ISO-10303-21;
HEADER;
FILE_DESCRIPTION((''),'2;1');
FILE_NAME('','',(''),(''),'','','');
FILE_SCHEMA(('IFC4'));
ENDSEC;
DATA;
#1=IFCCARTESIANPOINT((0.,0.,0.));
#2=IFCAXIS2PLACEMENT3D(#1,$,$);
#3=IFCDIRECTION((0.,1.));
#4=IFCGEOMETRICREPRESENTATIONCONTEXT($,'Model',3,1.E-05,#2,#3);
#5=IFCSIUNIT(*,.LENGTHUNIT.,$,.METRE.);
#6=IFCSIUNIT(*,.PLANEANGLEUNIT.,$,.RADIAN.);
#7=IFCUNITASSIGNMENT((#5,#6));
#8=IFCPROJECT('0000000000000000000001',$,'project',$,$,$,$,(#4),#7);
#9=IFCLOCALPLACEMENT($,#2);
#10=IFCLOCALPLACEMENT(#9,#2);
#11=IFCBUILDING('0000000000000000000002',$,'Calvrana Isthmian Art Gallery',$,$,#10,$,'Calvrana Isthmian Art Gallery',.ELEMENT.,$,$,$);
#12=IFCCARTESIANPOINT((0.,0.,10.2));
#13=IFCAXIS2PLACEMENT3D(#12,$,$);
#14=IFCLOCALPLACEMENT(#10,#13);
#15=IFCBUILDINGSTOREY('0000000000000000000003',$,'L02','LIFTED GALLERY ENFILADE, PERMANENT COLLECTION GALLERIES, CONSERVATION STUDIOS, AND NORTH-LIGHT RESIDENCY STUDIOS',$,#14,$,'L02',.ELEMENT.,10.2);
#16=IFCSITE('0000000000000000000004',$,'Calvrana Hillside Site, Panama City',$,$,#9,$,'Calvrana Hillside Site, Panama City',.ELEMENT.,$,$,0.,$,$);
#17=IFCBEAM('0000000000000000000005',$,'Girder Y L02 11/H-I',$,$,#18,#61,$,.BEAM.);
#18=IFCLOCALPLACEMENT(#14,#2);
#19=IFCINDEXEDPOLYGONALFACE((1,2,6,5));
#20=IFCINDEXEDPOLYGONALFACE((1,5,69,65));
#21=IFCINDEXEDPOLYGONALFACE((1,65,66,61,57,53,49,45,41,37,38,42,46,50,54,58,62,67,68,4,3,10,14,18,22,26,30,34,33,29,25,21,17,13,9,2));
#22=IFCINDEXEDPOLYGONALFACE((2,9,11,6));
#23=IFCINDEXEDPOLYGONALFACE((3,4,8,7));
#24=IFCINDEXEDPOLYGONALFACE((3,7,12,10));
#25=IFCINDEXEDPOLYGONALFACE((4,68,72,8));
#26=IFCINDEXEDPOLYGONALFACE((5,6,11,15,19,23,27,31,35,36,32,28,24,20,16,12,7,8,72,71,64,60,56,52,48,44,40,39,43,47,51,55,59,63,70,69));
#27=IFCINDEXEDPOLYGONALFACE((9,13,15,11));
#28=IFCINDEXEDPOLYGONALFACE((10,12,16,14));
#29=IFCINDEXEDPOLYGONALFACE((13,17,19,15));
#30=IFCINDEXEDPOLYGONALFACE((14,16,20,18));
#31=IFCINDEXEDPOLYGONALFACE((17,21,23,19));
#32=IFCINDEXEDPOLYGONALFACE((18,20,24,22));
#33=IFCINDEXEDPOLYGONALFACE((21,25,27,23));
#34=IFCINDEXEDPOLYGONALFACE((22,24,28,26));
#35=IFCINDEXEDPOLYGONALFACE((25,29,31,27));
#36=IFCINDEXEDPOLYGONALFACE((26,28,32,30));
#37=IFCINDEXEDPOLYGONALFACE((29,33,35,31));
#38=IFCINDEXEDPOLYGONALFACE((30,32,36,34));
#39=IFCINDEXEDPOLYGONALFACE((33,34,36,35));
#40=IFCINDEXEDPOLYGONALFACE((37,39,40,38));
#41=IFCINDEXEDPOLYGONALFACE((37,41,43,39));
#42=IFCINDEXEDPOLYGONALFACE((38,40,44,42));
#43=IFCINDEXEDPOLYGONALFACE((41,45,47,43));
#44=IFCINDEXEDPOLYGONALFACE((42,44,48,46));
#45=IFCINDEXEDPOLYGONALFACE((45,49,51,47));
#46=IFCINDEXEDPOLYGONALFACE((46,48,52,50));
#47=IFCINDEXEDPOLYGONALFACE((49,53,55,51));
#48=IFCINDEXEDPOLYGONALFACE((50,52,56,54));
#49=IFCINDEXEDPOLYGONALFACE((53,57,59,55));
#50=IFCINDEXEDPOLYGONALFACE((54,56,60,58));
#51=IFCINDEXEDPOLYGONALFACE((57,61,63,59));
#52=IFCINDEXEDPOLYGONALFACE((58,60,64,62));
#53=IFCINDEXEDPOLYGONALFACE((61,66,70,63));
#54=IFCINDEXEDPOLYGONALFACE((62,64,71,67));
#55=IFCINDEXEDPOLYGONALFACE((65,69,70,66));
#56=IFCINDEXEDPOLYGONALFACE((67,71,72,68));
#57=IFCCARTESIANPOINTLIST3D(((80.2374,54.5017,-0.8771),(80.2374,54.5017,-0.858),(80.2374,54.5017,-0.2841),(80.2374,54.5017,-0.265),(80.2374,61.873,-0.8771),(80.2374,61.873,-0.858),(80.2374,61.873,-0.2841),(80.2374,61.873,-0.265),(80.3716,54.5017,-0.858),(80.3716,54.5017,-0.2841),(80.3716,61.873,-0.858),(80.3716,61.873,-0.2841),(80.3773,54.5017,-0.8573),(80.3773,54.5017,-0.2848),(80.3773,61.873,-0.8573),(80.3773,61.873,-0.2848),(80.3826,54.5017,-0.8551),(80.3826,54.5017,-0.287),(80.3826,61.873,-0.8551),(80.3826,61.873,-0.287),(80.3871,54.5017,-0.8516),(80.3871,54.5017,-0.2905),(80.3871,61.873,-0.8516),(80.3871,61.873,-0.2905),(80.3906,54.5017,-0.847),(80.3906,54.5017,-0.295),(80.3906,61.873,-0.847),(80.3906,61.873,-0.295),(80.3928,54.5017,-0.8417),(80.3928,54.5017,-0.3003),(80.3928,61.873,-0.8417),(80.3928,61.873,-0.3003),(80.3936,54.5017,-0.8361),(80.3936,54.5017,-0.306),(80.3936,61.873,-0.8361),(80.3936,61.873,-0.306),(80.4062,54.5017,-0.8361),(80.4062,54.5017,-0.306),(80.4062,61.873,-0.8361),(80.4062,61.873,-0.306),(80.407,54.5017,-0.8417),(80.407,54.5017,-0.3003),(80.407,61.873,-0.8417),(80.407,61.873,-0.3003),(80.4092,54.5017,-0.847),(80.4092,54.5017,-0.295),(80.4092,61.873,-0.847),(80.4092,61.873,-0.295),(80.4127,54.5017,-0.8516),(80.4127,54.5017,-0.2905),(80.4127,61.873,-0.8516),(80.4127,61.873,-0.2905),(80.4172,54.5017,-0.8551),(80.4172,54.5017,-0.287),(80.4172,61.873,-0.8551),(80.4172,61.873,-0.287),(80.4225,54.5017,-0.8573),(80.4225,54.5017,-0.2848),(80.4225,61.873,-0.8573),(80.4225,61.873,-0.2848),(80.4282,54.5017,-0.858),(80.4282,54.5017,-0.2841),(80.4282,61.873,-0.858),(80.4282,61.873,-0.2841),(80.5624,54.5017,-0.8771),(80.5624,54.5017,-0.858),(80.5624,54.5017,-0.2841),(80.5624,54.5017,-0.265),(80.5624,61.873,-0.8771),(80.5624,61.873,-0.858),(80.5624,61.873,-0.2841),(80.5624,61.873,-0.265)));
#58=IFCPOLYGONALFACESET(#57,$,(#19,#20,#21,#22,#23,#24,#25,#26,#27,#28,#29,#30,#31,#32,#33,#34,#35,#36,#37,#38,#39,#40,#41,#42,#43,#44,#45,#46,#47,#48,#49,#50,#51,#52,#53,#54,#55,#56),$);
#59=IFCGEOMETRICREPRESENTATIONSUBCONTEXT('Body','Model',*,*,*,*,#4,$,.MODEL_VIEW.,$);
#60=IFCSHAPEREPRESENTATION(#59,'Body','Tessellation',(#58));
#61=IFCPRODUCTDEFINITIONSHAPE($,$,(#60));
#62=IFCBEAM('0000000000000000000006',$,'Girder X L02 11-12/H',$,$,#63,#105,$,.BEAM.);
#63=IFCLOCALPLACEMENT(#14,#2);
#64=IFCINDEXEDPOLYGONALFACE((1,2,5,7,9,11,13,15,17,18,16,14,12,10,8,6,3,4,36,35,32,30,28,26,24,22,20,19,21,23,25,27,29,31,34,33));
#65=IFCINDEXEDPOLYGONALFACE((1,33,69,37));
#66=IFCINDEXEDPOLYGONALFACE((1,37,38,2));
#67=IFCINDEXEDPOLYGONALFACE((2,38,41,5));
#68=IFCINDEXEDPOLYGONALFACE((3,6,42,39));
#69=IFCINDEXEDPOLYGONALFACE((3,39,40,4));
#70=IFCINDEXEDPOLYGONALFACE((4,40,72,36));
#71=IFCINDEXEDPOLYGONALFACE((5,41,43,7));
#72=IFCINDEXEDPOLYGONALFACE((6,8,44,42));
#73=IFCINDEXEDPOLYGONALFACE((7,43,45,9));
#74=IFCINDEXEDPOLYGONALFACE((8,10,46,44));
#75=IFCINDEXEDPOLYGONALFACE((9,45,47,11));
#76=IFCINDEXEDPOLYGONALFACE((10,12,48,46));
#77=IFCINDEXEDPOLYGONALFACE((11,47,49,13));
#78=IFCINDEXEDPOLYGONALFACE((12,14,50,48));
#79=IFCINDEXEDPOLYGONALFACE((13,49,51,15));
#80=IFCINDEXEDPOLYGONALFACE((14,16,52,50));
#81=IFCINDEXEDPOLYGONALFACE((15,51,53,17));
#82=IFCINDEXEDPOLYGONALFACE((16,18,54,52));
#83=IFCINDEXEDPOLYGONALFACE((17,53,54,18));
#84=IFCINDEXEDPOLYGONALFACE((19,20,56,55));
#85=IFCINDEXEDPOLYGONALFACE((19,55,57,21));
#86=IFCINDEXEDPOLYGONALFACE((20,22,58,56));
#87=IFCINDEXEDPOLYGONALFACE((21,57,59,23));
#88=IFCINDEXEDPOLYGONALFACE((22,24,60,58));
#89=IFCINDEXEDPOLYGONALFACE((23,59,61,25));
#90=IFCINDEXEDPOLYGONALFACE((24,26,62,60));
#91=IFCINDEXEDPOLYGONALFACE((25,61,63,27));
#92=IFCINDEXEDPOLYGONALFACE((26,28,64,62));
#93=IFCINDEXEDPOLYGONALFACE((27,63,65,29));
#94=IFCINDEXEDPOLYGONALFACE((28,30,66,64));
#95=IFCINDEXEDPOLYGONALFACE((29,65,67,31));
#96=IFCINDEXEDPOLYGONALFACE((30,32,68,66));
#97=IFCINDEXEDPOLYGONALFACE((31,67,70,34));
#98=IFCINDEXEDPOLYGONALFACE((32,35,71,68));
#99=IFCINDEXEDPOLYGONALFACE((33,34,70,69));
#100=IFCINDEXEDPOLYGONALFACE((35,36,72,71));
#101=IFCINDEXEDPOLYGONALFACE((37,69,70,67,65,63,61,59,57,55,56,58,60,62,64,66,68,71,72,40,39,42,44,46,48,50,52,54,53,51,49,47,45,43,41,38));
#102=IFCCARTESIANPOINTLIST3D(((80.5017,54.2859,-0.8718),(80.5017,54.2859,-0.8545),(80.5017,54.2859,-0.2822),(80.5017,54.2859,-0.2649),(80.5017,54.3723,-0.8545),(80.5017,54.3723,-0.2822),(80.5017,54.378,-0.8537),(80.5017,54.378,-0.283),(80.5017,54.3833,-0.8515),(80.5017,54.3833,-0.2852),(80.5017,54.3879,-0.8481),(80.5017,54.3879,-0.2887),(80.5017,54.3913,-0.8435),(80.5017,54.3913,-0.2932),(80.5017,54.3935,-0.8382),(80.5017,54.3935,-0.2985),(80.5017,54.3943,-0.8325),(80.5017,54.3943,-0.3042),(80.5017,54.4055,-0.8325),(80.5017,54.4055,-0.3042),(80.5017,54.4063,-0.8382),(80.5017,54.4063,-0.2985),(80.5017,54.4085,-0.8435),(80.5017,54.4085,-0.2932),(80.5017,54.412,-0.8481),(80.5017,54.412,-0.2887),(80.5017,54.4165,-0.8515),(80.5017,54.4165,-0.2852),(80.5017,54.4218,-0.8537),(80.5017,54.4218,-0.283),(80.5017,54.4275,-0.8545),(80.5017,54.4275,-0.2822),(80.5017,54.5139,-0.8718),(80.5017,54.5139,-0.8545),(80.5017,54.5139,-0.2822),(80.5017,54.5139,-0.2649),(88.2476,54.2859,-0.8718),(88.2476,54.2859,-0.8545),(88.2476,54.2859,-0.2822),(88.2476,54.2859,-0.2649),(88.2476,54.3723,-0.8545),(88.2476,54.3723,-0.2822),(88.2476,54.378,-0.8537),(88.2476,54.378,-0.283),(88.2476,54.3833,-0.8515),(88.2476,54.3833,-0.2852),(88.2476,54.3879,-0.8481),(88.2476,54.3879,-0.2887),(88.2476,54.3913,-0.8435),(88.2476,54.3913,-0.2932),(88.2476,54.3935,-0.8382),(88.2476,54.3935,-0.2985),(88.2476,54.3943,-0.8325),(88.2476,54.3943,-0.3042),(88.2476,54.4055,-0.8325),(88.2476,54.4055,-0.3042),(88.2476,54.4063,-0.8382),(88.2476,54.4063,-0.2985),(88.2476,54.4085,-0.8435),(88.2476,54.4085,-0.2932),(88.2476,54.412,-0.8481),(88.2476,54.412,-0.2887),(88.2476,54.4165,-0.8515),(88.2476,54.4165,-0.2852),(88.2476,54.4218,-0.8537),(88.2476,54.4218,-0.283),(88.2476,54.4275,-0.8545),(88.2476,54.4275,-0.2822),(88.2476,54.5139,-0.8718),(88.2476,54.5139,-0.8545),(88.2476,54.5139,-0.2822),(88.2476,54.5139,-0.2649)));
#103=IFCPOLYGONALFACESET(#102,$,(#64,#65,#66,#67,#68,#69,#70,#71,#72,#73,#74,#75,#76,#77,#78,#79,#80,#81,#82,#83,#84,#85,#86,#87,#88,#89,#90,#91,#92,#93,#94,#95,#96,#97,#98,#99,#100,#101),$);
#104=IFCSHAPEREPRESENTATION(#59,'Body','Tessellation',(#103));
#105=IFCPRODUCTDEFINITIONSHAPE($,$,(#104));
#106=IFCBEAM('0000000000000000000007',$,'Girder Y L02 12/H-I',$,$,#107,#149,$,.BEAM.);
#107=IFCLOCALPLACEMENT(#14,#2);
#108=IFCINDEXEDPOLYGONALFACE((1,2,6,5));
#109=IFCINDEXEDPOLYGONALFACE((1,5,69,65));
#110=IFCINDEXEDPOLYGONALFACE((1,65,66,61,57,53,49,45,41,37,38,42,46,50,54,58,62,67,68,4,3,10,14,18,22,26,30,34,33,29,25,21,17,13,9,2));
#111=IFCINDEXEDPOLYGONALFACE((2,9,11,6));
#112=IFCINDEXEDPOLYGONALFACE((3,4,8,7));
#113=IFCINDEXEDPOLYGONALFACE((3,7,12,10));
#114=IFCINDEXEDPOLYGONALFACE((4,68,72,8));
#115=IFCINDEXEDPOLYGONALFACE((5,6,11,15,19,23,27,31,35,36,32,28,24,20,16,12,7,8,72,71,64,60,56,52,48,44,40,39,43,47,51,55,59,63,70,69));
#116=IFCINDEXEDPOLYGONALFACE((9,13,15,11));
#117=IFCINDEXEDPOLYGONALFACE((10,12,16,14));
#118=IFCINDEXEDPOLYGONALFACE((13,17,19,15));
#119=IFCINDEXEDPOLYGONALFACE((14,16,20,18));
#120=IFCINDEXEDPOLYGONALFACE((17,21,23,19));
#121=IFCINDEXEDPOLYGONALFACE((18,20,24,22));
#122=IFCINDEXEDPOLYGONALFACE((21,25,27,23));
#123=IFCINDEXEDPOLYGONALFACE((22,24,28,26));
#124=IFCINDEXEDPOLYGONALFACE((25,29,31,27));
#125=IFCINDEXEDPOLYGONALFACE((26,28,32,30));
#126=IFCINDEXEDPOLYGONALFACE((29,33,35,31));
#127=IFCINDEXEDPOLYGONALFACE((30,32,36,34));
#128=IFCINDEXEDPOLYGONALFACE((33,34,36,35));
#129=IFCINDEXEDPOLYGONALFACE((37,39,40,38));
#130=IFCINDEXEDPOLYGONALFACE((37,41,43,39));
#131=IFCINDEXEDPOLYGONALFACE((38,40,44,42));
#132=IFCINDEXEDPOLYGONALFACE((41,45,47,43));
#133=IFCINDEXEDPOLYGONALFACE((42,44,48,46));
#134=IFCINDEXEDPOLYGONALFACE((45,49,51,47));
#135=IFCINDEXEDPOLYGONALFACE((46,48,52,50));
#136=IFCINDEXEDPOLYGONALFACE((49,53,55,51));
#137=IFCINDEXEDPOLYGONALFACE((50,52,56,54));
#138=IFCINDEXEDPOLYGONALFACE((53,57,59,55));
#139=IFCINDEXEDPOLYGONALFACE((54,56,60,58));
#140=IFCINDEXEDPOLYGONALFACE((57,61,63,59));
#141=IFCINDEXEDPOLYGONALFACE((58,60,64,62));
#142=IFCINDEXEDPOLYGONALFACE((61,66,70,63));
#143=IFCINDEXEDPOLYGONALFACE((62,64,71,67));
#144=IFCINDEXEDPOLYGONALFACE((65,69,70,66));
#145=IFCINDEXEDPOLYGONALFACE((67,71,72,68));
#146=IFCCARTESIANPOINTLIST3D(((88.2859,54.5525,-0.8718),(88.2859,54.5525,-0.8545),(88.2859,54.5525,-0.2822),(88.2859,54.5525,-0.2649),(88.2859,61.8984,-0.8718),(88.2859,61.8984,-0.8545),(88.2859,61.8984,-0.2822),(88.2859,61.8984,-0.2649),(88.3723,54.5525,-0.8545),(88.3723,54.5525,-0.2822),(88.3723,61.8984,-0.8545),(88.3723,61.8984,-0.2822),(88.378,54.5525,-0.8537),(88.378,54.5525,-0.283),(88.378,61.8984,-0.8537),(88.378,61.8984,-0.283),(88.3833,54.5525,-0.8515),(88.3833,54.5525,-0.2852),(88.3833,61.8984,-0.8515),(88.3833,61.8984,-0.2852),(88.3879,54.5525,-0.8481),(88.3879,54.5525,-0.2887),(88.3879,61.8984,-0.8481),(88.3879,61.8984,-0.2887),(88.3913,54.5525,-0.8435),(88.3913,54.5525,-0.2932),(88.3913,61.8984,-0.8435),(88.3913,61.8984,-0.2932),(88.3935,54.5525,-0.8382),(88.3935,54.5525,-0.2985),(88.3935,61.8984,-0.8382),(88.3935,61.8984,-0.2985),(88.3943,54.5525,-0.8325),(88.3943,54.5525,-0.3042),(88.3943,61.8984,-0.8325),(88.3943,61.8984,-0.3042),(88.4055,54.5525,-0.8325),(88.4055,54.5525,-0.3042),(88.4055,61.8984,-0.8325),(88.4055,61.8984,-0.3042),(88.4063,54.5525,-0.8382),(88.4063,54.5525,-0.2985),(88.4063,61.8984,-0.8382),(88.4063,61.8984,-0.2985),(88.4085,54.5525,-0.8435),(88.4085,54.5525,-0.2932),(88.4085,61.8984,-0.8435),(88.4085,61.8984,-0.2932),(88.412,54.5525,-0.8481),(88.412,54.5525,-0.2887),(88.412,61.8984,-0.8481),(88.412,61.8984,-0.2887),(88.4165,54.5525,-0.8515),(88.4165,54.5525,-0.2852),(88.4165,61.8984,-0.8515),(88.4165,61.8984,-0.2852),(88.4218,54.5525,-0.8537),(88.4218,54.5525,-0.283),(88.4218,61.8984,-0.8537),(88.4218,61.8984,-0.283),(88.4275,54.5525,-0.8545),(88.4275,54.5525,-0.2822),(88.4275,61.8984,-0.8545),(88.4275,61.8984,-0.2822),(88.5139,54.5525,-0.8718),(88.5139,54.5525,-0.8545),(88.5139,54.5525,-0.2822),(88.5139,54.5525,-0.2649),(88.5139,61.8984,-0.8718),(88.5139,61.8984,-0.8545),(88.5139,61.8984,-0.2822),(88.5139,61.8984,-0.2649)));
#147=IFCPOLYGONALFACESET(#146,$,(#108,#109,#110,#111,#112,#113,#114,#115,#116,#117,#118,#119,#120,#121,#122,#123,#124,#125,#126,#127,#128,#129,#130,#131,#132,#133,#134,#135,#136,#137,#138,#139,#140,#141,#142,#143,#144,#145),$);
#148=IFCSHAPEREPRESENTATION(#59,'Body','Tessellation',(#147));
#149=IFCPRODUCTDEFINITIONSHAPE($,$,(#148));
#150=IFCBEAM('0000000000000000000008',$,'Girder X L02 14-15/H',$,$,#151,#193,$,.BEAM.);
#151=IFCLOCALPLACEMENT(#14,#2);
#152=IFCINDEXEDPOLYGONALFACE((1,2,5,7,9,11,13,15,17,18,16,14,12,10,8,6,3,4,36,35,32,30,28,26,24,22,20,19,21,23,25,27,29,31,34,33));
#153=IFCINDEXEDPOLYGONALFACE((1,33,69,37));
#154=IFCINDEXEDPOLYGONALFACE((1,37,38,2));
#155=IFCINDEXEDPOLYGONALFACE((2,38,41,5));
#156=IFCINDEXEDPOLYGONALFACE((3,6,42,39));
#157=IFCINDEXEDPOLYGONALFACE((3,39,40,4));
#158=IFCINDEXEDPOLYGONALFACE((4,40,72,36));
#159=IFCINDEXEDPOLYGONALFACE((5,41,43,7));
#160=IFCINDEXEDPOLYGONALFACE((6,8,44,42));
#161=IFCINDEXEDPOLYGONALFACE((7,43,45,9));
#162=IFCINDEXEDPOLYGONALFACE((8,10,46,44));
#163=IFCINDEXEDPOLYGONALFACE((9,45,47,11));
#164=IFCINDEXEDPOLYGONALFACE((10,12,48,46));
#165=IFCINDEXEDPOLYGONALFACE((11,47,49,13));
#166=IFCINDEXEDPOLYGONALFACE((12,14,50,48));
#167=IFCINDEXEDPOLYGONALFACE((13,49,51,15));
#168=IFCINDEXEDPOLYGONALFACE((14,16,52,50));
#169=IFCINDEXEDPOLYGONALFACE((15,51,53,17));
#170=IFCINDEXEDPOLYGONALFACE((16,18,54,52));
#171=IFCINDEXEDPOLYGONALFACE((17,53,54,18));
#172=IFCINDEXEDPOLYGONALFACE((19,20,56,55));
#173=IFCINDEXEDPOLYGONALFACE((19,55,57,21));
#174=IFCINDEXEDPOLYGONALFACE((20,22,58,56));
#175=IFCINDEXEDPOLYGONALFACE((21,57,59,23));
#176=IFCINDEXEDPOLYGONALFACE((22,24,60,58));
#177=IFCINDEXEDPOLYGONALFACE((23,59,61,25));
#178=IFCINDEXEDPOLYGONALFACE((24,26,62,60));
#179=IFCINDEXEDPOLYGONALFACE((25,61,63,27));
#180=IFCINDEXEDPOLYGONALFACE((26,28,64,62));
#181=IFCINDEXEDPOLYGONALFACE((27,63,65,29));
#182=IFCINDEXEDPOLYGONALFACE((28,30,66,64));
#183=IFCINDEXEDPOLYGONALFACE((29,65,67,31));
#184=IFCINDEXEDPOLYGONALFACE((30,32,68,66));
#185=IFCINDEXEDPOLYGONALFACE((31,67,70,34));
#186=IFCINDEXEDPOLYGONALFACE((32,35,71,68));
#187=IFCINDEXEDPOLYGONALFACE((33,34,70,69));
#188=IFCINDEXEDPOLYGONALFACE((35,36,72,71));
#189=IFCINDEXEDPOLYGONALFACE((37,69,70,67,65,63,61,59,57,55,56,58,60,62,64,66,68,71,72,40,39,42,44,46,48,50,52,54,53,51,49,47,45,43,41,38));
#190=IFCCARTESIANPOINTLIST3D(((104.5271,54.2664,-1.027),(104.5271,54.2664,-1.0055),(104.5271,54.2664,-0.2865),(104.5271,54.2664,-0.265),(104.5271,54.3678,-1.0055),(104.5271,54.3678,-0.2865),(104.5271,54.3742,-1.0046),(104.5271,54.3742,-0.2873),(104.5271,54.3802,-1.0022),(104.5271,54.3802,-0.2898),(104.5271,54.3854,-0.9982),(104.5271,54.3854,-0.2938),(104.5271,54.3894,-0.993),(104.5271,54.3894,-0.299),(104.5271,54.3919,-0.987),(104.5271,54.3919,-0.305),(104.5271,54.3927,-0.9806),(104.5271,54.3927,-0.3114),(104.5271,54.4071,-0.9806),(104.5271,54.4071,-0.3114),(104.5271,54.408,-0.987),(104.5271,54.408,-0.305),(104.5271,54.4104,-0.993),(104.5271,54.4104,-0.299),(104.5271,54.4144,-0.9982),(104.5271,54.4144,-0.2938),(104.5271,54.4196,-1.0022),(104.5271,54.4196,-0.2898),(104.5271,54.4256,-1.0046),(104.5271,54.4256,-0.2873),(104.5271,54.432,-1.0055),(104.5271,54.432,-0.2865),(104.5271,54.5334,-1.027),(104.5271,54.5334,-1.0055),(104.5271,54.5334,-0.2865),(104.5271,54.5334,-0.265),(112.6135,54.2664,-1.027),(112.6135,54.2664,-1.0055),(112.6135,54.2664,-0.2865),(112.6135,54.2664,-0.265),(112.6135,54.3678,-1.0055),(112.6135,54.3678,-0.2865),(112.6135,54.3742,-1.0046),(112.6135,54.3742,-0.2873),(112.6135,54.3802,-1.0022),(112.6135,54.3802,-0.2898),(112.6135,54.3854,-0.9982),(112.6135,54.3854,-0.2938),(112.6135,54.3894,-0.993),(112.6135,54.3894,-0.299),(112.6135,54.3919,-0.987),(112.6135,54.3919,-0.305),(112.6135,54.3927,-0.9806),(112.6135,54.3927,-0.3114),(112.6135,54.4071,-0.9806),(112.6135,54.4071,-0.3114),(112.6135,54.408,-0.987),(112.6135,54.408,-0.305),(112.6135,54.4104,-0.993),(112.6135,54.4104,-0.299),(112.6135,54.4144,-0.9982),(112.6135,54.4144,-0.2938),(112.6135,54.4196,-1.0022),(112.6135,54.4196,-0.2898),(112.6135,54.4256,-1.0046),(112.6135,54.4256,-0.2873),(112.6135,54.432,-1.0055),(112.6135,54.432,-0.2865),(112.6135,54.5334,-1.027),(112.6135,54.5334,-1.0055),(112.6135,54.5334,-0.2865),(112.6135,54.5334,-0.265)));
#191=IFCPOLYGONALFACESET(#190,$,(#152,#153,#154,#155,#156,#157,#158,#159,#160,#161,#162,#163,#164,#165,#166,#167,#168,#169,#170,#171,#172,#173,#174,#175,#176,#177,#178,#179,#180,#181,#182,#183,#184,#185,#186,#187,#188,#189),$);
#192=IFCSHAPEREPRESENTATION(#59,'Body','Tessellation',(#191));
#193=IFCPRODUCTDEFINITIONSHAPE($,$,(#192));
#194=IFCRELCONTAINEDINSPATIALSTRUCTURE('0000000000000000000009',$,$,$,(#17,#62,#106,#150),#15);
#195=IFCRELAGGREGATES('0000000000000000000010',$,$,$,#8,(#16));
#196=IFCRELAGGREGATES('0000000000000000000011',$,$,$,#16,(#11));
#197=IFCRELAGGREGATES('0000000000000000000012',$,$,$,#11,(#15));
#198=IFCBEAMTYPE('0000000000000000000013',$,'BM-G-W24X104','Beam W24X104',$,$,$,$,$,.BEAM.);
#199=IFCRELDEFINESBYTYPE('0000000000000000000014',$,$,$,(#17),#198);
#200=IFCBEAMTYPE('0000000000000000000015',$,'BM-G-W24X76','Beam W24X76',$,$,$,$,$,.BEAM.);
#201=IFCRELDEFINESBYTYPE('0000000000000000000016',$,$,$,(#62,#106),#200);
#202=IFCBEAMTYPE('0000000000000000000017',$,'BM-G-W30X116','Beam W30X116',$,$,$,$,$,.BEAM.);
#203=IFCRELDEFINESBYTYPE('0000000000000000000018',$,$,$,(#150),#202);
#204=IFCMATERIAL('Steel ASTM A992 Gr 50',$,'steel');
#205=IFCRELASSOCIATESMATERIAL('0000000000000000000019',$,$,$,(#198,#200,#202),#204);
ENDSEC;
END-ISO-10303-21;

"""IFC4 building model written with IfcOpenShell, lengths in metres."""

from ifc_helpers import new_model, si_unit, direction, frame, origin, origin_2d, place, context, subcontext, project, spatial, i_section, extrude, material, material_profile, profile_set, type_object, element, save


model = new_model("IFC4")

# Units and contexts
model_context = context("Model", 3, precision=1e-05, world=origin(), true_north=direction((0.0, 1.0)))
body_context = subcontext(model_context, "Body", "Model", "MODEL_VIEW")
ifc_project = project(units=[si_unit("LENGTHUNIT", "METRE"), si_unit("PLANEANGLEUNIT", "RADIAN")], contexts=[model_context])

# Site, building, storey
site_placement = place(None, origin())
site = spatial("IfcSite", under=ifc_project, at=site_placement, Name="Calvrana Hillside Site, Panama City", LongName="Calvrana Hillside Site, Panama City", CompositionType="ELEMENT", RefElevation=0.0)
building_placement = place(site_placement, origin())
building = spatial("IfcBuilding", under=site, at=building_placement, Name="Calvrana Isthmian Art Gallery", LongName="Calvrana Isthmian Art Gallery", CompositionType="ELEMENT")
storey_placement = place(building_placement, frame((0.0, 0.0, 10.2)))
storey = spatial("IfcBuildingStorey", under=building, at=storey_placement, Name="L02", Description="LIFTED GALLERY ENFILADE, PERMANENT COLLECTION GALLERIES, CONSERVATION STUDIOS, AND NORTH-LIGHT RESIDENCY STUDIOS", LongName="L02", CompositionType="ELEMENT", Elevation=10.2)

# Shared definitions
ifc_material_1 = material(Name="Steel ASTM A992 Gr 50", Category="steel")

# Beams
ifc_material_profile_1 = material_profile(ifc_material_1, i_section(OverallWidth=0.325, OverallDepth=0.6121, WebThickness=0.0127, FlangeThickness=0.019, FilletRadius=0.022, at=origin_2d()), Name="W24X104")
ifc_profile_set_1 = profile_set([ifc_material_profile_1], Name="Steel ASTM A992 Gr 50")
beam_type_1 = type_object("IfcBeamType", Name="BM-G-W24X104", Description="Beam W24X104", PredefinedType="BEAM", material=ifc_profile_set_1)
beam_1_placement = place(storey_placement, frame((80.3999, 54.5017, -0.571), z_axis=(0.0, 1.0, 0.0), x_axis=(-1.0, 0.0, 0.0)))
element("IfcBeam", 1, at=beam_1_placement, inside=storey, type_object=beam_type_1, Name="Girder Y L02 11/H-I", PredefinedType="BEAM", context=body_context, shape_type="SweptSolid", body=[
    extrude(i_section(OverallWidth=0.325, OverallDepth=0.6121, WebThickness=0.0127, FlangeThickness=0.019, FilletRadius=0.022, at=origin_2d()), origin(), (0.0, 0.0, 1.0), 7.3713),
])
ifc_material_profile_2 = material_profile(ifc_material_1, i_section(OverallWidth=0.228, OverallDepth=0.6069, WebThickness=0.0112, FlangeThickness=0.0173, FilletRadius=0.022, at=origin_2d()), Name="W24X76")
ifc_profile_set_2 = profile_set([ifc_material_profile_2], Name="Steel ASTM A992 Gr 50")
beam_type_2 = type_object("IfcBeamType", Name="BM-G-W24X76", Description="Beam W24X76", PredefinedType="BEAM", material=ifc_profile_set_2)
beam_2_placement = place(storey_placement, frame((80.5017, 54.3999, -0.5684), z_axis=(1.0, 0.0, 0.0), x_axis=(0.0, 1.0, 0.0)))
element("IfcBeam", 2, at=beam_2_placement, inside=storey, type_object=beam_type_2, Name="Girder X L02 11-12/H", PredefinedType="BEAM", context=body_context, shape_type="SweptSolid", body=[
    extrude(i_section(OverallWidth=0.228, OverallDepth=0.6069, WebThickness=0.0112, FlangeThickness=0.0173, FilletRadius=0.022, at=origin_2d()), origin(), (0.0, 0.0, 1.0), 7.7458),
])
beam_3_placement = place(storey_placement, frame((88.3999, 54.5525, -0.5684), z_axis=(0.0, 1.0, 0.0), x_axis=(-1.0, 0.0, 0.0)))
element("IfcBeam", 3, at=beam_3_placement, inside=storey, type_object=beam_type_2, Name="Girder Y L02 12/H-I", PredefinedType="BEAM", context=body_context, shape_type="SweptSolid", body=[
    extrude(i_section(OverallWidth=0.228, OverallDepth=0.6069, WebThickness=0.0112, FlangeThickness=0.0173, FilletRadius=0.022, at=origin_2d()), origin(), (0.0, 0.0, 1.0), 7.3459),
])
ifc_material_profile_3 = material_profile(ifc_material_1, i_section(OverallWidth=0.2671, OverallDepth=0.762, WebThickness=0.0144, FlangeThickness=0.0215, FilletRadius=0.0249, at=origin_2d()), Name="W30X116")
ifc_profile_set_3 = profile_set([ifc_material_profile_3], Name="Steel ASTM A992 Gr 50")
beam_type_3 = type_object("IfcBeamType", Name="BM-G-W30X116", Description="Beam W30X116", PredefinedType="BEAM", material=ifc_profile_set_3)
beam_4_placement = place(storey_placement, frame((104.5271, 54.3999, -0.646), z_axis=(1.0, 0.0, 0.0), x_axis=(0.0, 1.0, 0.0)))
element("IfcBeam", 4, at=beam_4_placement, inside=storey, type_object=beam_type_3, Name="Girder X L02 14-15/H", PredefinedType="BEAM", context=body_context, shape_type="SweptSolid", body=[
    extrude(i_section(OverallWidth=0.2671, OverallDepth=0.762, WebThickness=0.0144, FlangeThickness=0.0215, FilletRadius=0.0249, at=origin_2d()), origin(), (0.0, 0.0, 1.0), 8.0864),
])

save(model, "model.ifc")
